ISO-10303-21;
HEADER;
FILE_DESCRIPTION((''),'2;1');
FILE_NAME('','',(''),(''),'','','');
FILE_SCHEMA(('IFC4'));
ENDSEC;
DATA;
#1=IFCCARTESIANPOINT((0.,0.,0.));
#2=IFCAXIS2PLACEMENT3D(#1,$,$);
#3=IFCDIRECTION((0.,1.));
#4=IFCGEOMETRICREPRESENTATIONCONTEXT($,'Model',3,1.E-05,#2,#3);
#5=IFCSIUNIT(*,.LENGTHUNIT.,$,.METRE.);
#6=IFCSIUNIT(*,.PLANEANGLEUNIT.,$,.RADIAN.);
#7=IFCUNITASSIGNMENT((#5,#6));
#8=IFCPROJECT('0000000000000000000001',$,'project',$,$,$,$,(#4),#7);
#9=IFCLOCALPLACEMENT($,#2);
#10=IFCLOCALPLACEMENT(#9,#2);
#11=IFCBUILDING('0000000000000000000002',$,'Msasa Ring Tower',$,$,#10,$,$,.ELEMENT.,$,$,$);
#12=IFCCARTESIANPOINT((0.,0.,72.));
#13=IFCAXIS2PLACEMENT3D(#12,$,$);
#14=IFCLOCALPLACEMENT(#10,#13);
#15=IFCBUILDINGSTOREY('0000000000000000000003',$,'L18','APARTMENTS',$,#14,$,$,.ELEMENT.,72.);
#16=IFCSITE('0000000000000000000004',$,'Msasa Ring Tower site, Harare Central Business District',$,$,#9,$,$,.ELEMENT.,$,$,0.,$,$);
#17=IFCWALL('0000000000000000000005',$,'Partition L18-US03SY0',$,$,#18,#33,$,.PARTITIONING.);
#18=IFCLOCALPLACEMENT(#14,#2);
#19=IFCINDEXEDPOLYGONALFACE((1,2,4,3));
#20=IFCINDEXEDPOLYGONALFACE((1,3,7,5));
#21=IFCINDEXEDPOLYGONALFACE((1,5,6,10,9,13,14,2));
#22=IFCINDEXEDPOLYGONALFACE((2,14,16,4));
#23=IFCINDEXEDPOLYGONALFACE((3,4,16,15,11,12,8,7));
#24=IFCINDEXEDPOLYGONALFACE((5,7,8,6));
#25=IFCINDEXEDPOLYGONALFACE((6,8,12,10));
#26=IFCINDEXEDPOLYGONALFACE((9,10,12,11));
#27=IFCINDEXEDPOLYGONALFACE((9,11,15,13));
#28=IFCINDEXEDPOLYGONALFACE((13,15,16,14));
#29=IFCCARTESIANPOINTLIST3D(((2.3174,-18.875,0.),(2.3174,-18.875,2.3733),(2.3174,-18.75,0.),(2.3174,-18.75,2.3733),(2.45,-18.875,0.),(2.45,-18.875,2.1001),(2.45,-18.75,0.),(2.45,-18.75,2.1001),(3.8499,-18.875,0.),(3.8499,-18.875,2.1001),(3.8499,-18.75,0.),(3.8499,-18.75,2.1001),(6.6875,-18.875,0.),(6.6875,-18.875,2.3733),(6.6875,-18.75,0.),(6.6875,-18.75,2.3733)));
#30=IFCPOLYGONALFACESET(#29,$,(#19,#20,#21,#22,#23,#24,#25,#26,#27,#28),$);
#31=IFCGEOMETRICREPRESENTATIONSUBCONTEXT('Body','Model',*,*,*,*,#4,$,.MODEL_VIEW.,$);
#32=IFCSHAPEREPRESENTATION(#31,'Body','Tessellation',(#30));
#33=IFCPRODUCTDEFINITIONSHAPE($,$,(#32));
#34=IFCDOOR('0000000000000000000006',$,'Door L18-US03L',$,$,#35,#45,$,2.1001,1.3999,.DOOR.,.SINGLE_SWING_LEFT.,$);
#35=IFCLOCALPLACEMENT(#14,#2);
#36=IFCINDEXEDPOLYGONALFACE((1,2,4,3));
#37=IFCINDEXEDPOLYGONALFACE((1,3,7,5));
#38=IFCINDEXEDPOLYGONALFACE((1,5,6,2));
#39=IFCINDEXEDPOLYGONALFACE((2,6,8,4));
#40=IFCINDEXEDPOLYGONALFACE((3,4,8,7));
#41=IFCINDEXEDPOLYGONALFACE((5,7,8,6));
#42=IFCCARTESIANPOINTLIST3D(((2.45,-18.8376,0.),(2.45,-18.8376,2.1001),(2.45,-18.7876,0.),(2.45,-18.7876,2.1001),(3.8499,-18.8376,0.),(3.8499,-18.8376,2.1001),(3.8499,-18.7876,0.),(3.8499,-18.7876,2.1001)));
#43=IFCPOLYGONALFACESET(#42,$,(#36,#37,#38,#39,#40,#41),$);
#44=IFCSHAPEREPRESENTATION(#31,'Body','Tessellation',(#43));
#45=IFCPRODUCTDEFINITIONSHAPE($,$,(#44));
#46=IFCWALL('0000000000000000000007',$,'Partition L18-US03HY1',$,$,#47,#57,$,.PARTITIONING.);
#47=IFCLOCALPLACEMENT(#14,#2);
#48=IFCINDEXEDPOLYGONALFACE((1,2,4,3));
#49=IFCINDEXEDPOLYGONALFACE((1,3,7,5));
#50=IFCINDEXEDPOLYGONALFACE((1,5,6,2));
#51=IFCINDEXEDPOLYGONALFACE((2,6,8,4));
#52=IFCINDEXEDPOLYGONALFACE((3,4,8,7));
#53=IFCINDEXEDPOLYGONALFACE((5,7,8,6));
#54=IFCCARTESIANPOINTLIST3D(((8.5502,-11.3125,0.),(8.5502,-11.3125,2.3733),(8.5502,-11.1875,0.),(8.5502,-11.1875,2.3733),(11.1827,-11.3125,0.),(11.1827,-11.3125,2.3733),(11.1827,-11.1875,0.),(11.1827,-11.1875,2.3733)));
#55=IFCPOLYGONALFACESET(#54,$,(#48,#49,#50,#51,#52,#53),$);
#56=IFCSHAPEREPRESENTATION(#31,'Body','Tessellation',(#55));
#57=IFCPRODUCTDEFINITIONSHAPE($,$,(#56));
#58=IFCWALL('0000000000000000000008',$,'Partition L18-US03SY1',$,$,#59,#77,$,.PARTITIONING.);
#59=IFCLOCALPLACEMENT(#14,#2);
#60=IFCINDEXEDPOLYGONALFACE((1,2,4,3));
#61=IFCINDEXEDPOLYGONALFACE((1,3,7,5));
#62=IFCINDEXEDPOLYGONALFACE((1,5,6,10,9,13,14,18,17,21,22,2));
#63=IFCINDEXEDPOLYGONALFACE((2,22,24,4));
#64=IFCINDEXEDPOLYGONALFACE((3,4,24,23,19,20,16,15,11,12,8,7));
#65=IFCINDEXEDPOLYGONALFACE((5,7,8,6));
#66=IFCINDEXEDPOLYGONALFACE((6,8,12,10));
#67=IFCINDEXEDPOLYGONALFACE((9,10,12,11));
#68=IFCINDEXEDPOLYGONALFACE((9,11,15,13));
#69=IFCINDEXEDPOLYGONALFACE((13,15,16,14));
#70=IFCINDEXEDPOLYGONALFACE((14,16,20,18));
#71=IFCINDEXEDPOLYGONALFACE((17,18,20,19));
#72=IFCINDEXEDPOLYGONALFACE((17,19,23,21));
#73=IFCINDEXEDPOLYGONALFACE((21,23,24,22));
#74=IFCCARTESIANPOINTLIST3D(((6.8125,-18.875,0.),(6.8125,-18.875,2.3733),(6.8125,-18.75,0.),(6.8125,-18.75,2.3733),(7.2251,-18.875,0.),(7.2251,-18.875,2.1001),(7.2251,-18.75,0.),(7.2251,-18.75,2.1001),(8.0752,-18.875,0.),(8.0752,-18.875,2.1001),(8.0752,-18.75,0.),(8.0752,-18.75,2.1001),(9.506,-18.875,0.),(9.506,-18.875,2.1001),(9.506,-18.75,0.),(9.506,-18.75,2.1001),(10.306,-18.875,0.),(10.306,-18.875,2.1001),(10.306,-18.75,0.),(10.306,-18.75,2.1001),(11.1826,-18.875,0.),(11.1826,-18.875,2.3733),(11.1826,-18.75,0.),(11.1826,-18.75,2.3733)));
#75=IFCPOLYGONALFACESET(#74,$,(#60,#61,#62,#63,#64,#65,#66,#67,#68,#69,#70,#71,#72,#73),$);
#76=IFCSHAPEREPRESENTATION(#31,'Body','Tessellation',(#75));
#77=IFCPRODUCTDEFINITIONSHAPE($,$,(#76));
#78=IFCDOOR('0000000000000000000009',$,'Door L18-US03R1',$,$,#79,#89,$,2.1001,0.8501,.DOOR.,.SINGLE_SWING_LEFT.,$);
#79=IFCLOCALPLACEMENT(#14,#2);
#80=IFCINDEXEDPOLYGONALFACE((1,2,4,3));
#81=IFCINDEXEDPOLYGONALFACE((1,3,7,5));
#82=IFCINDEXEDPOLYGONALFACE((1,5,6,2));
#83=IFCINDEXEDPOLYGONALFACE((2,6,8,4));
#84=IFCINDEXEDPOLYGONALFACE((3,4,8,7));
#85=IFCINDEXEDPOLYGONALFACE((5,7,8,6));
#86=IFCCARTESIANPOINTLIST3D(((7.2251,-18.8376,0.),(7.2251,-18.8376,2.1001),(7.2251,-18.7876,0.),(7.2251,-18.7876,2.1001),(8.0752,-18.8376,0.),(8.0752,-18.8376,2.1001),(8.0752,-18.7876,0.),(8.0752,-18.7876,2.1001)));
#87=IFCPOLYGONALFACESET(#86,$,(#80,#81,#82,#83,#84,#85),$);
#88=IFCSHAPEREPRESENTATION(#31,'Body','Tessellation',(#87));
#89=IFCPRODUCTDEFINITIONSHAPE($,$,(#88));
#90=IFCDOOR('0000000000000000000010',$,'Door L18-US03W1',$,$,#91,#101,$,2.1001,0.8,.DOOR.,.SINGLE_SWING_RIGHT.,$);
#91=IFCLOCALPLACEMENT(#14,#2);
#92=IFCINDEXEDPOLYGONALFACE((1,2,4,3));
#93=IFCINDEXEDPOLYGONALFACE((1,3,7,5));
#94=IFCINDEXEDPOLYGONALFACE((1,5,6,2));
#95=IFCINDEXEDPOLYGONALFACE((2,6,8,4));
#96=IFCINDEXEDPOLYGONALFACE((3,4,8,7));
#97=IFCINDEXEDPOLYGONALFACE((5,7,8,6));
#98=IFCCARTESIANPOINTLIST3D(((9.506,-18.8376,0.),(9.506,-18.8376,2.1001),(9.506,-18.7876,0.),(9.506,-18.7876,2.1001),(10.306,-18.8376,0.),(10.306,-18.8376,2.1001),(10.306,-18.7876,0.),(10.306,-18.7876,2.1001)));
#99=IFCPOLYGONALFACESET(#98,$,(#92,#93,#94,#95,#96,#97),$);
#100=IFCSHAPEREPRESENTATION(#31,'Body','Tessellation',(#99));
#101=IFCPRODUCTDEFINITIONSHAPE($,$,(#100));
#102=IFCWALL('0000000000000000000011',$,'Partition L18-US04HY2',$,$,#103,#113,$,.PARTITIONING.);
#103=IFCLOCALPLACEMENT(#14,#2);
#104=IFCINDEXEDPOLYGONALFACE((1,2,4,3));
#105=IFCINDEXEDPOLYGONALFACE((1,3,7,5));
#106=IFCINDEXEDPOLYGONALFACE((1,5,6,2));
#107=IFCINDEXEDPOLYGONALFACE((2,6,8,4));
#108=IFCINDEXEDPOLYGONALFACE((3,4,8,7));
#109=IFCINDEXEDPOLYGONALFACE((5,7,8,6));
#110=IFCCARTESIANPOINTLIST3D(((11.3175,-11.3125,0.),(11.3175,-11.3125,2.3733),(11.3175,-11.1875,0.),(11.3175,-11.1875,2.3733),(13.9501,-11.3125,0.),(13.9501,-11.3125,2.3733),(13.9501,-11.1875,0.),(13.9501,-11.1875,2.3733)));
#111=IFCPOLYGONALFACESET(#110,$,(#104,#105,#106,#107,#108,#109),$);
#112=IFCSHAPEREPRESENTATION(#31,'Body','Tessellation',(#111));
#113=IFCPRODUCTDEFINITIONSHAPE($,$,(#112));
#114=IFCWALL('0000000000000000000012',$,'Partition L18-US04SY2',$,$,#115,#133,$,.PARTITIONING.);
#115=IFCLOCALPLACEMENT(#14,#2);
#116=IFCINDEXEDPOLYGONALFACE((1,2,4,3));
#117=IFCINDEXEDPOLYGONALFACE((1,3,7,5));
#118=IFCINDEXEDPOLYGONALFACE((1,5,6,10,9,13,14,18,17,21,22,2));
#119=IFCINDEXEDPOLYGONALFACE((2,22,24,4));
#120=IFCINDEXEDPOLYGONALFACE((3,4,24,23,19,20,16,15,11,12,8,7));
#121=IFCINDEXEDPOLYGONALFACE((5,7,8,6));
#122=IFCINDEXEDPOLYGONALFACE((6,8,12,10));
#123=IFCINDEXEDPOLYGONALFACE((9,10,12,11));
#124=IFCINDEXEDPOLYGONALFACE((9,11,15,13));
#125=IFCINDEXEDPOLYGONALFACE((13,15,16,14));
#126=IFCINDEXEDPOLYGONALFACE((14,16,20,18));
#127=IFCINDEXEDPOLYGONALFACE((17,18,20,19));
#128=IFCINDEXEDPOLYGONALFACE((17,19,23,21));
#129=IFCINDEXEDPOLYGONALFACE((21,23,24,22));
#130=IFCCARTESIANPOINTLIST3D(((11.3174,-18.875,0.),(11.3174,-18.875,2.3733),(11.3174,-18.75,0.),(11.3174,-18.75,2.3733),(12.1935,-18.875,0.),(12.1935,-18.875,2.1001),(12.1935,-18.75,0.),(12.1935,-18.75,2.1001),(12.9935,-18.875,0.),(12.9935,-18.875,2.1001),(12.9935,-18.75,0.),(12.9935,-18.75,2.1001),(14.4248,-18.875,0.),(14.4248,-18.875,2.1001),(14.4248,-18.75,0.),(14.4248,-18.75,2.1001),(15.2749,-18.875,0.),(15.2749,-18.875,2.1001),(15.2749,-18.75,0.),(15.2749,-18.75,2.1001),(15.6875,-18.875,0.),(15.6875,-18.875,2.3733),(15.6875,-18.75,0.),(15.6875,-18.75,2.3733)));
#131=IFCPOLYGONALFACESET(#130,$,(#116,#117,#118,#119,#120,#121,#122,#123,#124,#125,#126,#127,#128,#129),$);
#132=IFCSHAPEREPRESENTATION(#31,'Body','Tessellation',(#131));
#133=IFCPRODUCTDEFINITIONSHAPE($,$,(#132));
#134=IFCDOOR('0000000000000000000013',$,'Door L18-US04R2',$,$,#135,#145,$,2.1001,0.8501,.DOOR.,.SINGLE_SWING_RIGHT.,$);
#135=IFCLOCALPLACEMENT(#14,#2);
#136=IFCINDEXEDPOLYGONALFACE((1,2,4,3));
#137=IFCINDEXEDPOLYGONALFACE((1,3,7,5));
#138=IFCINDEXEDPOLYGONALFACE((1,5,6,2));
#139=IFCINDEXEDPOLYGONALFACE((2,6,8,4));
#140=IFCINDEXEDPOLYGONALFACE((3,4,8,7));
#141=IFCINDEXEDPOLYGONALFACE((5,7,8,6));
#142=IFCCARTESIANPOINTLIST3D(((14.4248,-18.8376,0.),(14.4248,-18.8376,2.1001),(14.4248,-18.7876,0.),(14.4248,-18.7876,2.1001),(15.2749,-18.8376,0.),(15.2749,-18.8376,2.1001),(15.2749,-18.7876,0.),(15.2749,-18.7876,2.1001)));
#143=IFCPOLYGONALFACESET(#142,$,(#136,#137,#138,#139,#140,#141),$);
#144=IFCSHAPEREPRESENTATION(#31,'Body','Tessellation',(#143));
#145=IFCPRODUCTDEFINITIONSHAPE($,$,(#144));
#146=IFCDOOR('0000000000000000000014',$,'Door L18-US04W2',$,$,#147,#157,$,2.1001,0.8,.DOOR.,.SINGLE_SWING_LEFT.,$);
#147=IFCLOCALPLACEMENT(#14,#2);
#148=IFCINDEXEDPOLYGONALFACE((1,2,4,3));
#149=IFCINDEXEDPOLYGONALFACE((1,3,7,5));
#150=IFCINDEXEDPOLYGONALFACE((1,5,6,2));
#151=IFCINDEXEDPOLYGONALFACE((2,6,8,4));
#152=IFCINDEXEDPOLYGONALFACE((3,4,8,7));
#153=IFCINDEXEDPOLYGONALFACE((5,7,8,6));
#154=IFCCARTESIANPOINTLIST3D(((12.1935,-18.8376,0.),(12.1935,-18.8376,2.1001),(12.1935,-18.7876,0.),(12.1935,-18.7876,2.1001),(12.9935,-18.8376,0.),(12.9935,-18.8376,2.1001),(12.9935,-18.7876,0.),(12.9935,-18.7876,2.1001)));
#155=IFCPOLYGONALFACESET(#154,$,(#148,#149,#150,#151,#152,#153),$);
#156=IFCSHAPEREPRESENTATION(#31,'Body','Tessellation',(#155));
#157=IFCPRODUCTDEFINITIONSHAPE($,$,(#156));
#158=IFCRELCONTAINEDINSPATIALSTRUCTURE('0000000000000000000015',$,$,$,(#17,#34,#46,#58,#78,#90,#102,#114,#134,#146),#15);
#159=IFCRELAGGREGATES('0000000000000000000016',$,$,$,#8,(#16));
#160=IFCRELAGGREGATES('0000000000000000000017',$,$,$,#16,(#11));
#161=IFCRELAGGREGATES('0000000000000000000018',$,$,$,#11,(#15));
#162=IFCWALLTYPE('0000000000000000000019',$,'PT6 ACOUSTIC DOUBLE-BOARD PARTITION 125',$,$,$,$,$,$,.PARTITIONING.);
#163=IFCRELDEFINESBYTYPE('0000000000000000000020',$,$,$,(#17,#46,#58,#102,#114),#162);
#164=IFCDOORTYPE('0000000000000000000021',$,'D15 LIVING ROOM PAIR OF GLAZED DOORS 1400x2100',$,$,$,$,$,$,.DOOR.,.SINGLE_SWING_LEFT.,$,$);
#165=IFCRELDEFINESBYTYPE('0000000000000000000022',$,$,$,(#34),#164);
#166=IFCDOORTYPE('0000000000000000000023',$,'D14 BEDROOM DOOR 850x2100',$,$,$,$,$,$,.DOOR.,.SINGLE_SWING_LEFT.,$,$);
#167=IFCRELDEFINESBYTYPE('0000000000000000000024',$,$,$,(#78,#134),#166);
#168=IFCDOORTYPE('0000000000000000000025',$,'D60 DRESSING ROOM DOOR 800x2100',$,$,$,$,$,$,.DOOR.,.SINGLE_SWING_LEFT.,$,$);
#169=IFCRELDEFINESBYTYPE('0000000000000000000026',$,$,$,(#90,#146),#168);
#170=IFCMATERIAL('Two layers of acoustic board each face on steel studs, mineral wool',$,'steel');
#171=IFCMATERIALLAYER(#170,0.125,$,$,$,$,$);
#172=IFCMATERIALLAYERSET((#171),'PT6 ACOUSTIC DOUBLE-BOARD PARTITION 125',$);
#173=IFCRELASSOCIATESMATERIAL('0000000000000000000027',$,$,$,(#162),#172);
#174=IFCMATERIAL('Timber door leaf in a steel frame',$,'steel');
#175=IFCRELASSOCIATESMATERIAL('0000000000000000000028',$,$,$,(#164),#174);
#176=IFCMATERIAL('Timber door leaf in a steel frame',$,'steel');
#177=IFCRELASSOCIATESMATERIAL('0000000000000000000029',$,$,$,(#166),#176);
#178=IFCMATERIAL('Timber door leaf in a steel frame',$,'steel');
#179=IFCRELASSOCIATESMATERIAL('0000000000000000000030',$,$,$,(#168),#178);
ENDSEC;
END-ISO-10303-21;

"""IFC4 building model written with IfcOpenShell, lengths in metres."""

from ifc_helpers import new_model, si_unit, direction, frame, frame_2d, origin, place, context, subcontext, project, spatial, rectangle, extrude, material, layer, layer_set, type_object, element, fill, save


model = new_model("IFC4")

# Units and contexts
model_context = context("Model", 3, precision=1e-05, world=origin(), true_north=direction((0.0, 1.0)))
body_context = subcontext(model_context, "Body", "Model", "MODEL_VIEW")
ifc_project = project(units=[si_unit("LENGTHUNIT", "METRE"), si_unit("PLANEANGLEUNIT", "RADIAN")], contexts=[model_context])

# Site, building, storey
site_placement = place(None, origin())
site = spatial("IfcSite", under=ifc_project, at=site_placement, Name="Msasa Ring Tower site, Harare Central Business District", CompositionType="ELEMENT", RefElevation=0.0)
building_placement = place(site_placement, origin())
building = spatial("IfcBuilding", under=site, at=building_placement, Name="Msasa Ring Tower", CompositionType="ELEMENT")
storey_placement = place(building_placement, frame((0.0, 0.0, 72.0)))
storey = spatial("IfcBuildingStorey", under=building, at=storey_placement, Name="L18", Description="APARTMENTS", CompositionType="ELEMENT", Elevation=72.0)

# Shared definitions
ifc_material_1 = material(Name="Two layers of acoustic board each face on steel studs, mineral wool", Category="steel")
ifc_layer_1 = layer(ifc_material_1, 0.125)
ifc_layer_set_1 = layer_set([ifc_layer_1], Name="PT6 ACOUSTIC DOUBLE-BOARD PARTITION 125")
wall_type_1 = type_object("IfcWallType", Name="PT6 ACOUSTIC DOUBLE-BOARD PARTITION 125", PredefinedType="PARTITIONING", material=ifc_layer_set_1)

# Wall, opening, door
wall_1_placement = place(storey_placement, frame((2.3174, -18.8125, 0.0), z_axis=(0.0, 0.0, 1.0), x_axis=(1.0, 0.0, 0.0)))
wall_1 = element("IfcWall", 1, at=wall_1_placement, inside=storey, type_object=wall_type_1, Name="Partition L18-US03SY0", PredefinedType="PARTITIONING", context=body_context, shape_type="SweptSolid", body=[
    extrude(rectangle(XDim=4.3701, YDim=0.125, at=frame_2d((2.1851, 0.0))), origin(), (0.0, 0.0, 1.0), 2.3733),
])
opening_1_placement = place(wall_1_placement, frame((0.1326, 0.0, 0.0)))
opening_1 = element("IfcOpeningElement", 2, at=opening_1_placement, cuts=wall_1, PredefinedType="OPENING", context=body_context, shape_type="SweptSolid", body=[
    extrude(rectangle(XDim=1.3999, YDim=2.1001, at=frame_2d((0.7, 1.05))), frame((0.0, 0.0725, 0.0), z_axis=(0.0, -1.0, 0.0), x_axis=(1.0, 0.0, 0.0)), (0.0, 0.0, 1.0), 0.145),
])
ifc_material_2 = material(Name="Timber door leaf in a steel frame", Category="steel")
door_type_1 = type_object("IfcDoorType", Name="D15 LIVING ROOM PAIR OF GLAZED DOORS 1400x2100", OperationType="SINGLE_SWING_LEFT", PredefinedType="DOOR", material=ifc_material_2)
door_1_placement = place(opening_1_placement, origin())
door_1 = element("IfcDoor", 3, at=door_1_placement, inside=storey, type_object=door_type_1, Name="Door L18-US03L", OperationType="SINGLE_SWING_LEFT", OverallHeight=2.1001, OverallWidth=1.3999, PredefinedType="DOOR", context=body_context, shape_type="SweptSolid", body=[
    extrude(rectangle(XDim=1.3999, YDim=2.1001, at=frame_2d((0.7, 1.05))), frame((0.0, 0.0249, 0.0), z_axis=(0.0, -1.0, 0.0), x_axis=(1.0, 0.0, 0.0)), (0.0, 0.0, 1.0), 0.05),
])
fill(opening_1, door_1)

# Wall
wall_2_placement = place(storey_placement, frame((8.55, -11.25, 0.0), z_axis=(0.0, 0.0, 1.0), x_axis=(1.0, 0.0, 0.0)))
element("IfcWall", 4, at=wall_2_placement, inside=storey, type_object=wall_type_1, Name="Partition L18-US03HY1", PredefinedType="PARTITIONING", context=body_context, shape_type="SweptSolid", body=[
    extrude(rectangle(XDim=2.6326, YDim=0.125, at=frame_2d((1.3164, 0.0))), origin(), (0.0, 0.0, 1.0), 2.3733),
])

# Wall, openings, doors
wall_3_placement = place(storey_placement, frame((6.8125, -18.8125, 0.0), z_axis=(0.0, 0.0, 1.0), x_axis=(1.0, 0.0, 0.0)))
wall_3 = element("IfcWall", 5, at=wall_3_placement, inside=storey, type_object=wall_type_1, Name="Partition L18-US03SY1", PredefinedType="PARTITIONING", context=body_context, shape_type="SweptSolid", body=[
    extrude(rectangle(XDim=4.3701, YDim=0.125, at=frame_2d((2.1851, 0.0))), origin(), (0.0, 0.0, 1.0), 2.3733),
])
opening_2_placement = place(wall_3_placement, frame((0.4126, 0.0, 0.0)))
opening_2 = element("IfcOpeningElement", 6, at=opening_2_placement, cuts=wall_3, PredefinedType="OPENING", context=body_context, shape_type="SweptSolid", body=[
    extrude(rectangle(XDim=0.8501, YDim=2.1001, at=frame_2d((0.425, 1.05))), frame((0.0, 0.0725, 0.0), z_axis=(0.0, -1.0, 0.0), x_axis=(1.0, 0.0, 0.0)), (0.0, 0.0, 1.0), 0.145),
])
opening_3_placement = place(wall_3_placement, frame((2.6936, 0.0, 0.0)))
opening_3 = element("IfcOpeningElement", 7, at=opening_3_placement, cuts=wall_3, PredefinedType="OPENING", context=body_context, shape_type="SweptSolid", body=[
    extrude(rectangle(XDim=0.8, YDim=2.1001, at=frame_2d((0.3999, 1.05))), frame((0.0, 0.0725, 0.0), z_axis=(0.0, -1.0, 0.0), x_axis=(1.0, 0.0, 0.0)), (0.0, 0.0, 1.0), 0.145),
])
ifc_material_3 = material(Name="Timber door leaf in a steel frame", Category="steel")
door_type_2 = type_object("IfcDoorType", Name="D14 BEDROOM DOOR 850x2100", OperationType="SINGLE_SWING_LEFT", PredefinedType="DOOR", material=ifc_material_3)
door_2_placement = place(opening_2_placement, origin())
door_2 = element("IfcDoor", 8, at=door_2_placement, inside=storey, type_object=door_type_2, Name="Door L18-US03R1", OperationType="SINGLE_SWING_LEFT", OverallHeight=2.1001, OverallWidth=0.8501, PredefinedType="DOOR", context=body_context, shape_type="SweptSolid", body=[
    extrude(rectangle(XDim=0.8501, YDim=2.1001, at=frame_2d((0.425, 1.05))), frame((0.0, 0.0249, 0.0), z_axis=(0.0, -1.0, 0.0), x_axis=(1.0, 0.0, 0.0)), (0.0, 0.0, 1.0), 0.05),
])
fill(opening_2, door_2)
ifc_material_4 = material(Name="Timber door leaf in a steel frame", Category="steel")
door_type_3 = type_object("IfcDoorType", Name="D60 DRESSING ROOM DOOR 800x2100", OperationType="SINGLE_SWING_LEFT", PredefinedType="DOOR", material=ifc_material_4)
door_3_placement = place(opening_3_placement, origin())
door_3 = element("IfcDoor", 9, at=door_3_placement, inside=storey, type_object=door_type_3, Name="Door L18-US03W1", OperationType="SINGLE_SWING_RIGHT", OverallHeight=2.1001, OverallWidth=0.8, PredefinedType="DOOR", context=body_context, shape_type="SweptSolid", body=[
    extrude(rectangle(XDim=0.8, YDim=2.1001, at=frame_2d((0.3999, 1.05))), frame((0.0, 0.0249, 0.0), z_axis=(0.0, -1.0, 0.0), x_axis=(1.0, 0.0, 0.0)), (0.0, 0.0, 1.0), 0.05),
])
fill(opening_3, door_3)

# Wall
wall_4_placement = place(storey_placement, frame((11.3174, -11.25, 0.0), z_axis=(0.0, 0.0, 1.0), x_axis=(1.0, 0.0, 0.0)))
element("IfcWall", 10, at=wall_4_placement, inside=storey, type_object=wall_type_1, Name="Partition L18-US04HY2", PredefinedType="PARTITIONING", context=body_context, shape_type="SweptSolid", body=[
    extrude(rectangle(XDim=2.6326, YDim=0.125, at=frame_2d((1.3164, 0.0))), origin(), (0.0, 0.0, 1.0), 2.3733),
])

# Wall, openings, doors
wall_5_placement = place(storey_placement, frame((11.3174, -18.8125, 0.0), z_axis=(0.0, 0.0, 1.0), x_axis=(1.0, 0.0, 0.0)))
wall_5 = element("IfcWall", 11, at=wall_5_placement, inside=storey, type_object=wall_type_1, Name="Partition L18-US04SY2", PredefinedType="PARTITIONING", context=body_context, shape_type="SweptSolid", body=[
    extrude(rectangle(XDim=4.3701, YDim=0.125, at=frame_2d((2.1851, 0.0))), origin(), (0.0, 0.0, 1.0), 2.3733),
])
opening_4_placement = place(wall_5_placement, frame((3.1074, 0.0, 0.0)))
opening_4 = element("IfcOpeningElement", 12, at=opening_4_placement, cuts=wall_5, PredefinedType="OPENING", context=body_context, shape_type="SweptSolid", body=[
    extrude(rectangle(XDim=0.8501, YDim=2.1001, at=frame_2d((0.425, 1.05))), frame((0.0, 0.0725, 0.0), z_axis=(0.0, -1.0, 0.0), x_axis=(1.0, 0.0, 0.0)), (0.0, 0.0, 1.0), 0.145),
])
opening_5_placement = place(wall_5_placement, frame((0.8762, 0.0, 0.0)))
opening_5 = element("IfcOpeningElement", 13, at=opening_5_placement, cuts=wall_5, PredefinedType="OPENING", context=body_context, shape_type="SweptSolid", body=[
    extrude(rectangle(XDim=0.8, YDim=2.1001, at=frame_2d((0.3999, 1.05))), frame((0.0, 0.0725, 0.0), z_axis=(0.0, -1.0, 0.0), x_axis=(1.0, 0.0, 0.0)), (0.0, 0.0, 1.0), 0.145),
])
door_4_placement = place(opening_4_placement, origin())
door_4 = element("IfcDoor", 14, at=door_4_placement, inside=storey, type_object=door_type_2, Name="Door L18-US04R2", OperationType="SINGLE_SWING_RIGHT", OverallHeight=2.1001, OverallWidth=0.8501, PredefinedType="DOOR", context=body_context, shape_type="SweptSolid", body=[
    extrude(rectangle(XDim=0.8501, YDim=2.1001, at=frame_2d((0.425, 1.05))), frame((0.0, 0.0249, 0.0), z_axis=(0.0, -1.0, 0.0), x_axis=(1.0, 0.0, 0.0)), (0.0, 0.0, 1.0), 0.05),
])
fill(opening_4, door_4)
door_5_placement = place(opening_5_placement, origin())
door_5 = element("IfcDoor", 15, at=door_5_placement, inside=storey, type_object=door_type_3, Name="Door L18-US04W2", OperationType="SINGLE_SWING_LEFT", OverallHeight=2.1001, OverallWidth=0.8, PredefinedType="DOOR", context=body_context, shape_type="SweptSolid", body=[
    extrude(rectangle(XDim=0.8, YDim=2.1001, at=frame_2d((0.3999, 1.05))), frame((0.0, 0.0249, 0.0), z_axis=(0.0, -1.0, 0.0), x_axis=(1.0, 0.0, 0.0)), (0.0, 0.0, 1.0), 0.05),
])
fill(opening_5, door_5)

save(model, "model.ifc")
